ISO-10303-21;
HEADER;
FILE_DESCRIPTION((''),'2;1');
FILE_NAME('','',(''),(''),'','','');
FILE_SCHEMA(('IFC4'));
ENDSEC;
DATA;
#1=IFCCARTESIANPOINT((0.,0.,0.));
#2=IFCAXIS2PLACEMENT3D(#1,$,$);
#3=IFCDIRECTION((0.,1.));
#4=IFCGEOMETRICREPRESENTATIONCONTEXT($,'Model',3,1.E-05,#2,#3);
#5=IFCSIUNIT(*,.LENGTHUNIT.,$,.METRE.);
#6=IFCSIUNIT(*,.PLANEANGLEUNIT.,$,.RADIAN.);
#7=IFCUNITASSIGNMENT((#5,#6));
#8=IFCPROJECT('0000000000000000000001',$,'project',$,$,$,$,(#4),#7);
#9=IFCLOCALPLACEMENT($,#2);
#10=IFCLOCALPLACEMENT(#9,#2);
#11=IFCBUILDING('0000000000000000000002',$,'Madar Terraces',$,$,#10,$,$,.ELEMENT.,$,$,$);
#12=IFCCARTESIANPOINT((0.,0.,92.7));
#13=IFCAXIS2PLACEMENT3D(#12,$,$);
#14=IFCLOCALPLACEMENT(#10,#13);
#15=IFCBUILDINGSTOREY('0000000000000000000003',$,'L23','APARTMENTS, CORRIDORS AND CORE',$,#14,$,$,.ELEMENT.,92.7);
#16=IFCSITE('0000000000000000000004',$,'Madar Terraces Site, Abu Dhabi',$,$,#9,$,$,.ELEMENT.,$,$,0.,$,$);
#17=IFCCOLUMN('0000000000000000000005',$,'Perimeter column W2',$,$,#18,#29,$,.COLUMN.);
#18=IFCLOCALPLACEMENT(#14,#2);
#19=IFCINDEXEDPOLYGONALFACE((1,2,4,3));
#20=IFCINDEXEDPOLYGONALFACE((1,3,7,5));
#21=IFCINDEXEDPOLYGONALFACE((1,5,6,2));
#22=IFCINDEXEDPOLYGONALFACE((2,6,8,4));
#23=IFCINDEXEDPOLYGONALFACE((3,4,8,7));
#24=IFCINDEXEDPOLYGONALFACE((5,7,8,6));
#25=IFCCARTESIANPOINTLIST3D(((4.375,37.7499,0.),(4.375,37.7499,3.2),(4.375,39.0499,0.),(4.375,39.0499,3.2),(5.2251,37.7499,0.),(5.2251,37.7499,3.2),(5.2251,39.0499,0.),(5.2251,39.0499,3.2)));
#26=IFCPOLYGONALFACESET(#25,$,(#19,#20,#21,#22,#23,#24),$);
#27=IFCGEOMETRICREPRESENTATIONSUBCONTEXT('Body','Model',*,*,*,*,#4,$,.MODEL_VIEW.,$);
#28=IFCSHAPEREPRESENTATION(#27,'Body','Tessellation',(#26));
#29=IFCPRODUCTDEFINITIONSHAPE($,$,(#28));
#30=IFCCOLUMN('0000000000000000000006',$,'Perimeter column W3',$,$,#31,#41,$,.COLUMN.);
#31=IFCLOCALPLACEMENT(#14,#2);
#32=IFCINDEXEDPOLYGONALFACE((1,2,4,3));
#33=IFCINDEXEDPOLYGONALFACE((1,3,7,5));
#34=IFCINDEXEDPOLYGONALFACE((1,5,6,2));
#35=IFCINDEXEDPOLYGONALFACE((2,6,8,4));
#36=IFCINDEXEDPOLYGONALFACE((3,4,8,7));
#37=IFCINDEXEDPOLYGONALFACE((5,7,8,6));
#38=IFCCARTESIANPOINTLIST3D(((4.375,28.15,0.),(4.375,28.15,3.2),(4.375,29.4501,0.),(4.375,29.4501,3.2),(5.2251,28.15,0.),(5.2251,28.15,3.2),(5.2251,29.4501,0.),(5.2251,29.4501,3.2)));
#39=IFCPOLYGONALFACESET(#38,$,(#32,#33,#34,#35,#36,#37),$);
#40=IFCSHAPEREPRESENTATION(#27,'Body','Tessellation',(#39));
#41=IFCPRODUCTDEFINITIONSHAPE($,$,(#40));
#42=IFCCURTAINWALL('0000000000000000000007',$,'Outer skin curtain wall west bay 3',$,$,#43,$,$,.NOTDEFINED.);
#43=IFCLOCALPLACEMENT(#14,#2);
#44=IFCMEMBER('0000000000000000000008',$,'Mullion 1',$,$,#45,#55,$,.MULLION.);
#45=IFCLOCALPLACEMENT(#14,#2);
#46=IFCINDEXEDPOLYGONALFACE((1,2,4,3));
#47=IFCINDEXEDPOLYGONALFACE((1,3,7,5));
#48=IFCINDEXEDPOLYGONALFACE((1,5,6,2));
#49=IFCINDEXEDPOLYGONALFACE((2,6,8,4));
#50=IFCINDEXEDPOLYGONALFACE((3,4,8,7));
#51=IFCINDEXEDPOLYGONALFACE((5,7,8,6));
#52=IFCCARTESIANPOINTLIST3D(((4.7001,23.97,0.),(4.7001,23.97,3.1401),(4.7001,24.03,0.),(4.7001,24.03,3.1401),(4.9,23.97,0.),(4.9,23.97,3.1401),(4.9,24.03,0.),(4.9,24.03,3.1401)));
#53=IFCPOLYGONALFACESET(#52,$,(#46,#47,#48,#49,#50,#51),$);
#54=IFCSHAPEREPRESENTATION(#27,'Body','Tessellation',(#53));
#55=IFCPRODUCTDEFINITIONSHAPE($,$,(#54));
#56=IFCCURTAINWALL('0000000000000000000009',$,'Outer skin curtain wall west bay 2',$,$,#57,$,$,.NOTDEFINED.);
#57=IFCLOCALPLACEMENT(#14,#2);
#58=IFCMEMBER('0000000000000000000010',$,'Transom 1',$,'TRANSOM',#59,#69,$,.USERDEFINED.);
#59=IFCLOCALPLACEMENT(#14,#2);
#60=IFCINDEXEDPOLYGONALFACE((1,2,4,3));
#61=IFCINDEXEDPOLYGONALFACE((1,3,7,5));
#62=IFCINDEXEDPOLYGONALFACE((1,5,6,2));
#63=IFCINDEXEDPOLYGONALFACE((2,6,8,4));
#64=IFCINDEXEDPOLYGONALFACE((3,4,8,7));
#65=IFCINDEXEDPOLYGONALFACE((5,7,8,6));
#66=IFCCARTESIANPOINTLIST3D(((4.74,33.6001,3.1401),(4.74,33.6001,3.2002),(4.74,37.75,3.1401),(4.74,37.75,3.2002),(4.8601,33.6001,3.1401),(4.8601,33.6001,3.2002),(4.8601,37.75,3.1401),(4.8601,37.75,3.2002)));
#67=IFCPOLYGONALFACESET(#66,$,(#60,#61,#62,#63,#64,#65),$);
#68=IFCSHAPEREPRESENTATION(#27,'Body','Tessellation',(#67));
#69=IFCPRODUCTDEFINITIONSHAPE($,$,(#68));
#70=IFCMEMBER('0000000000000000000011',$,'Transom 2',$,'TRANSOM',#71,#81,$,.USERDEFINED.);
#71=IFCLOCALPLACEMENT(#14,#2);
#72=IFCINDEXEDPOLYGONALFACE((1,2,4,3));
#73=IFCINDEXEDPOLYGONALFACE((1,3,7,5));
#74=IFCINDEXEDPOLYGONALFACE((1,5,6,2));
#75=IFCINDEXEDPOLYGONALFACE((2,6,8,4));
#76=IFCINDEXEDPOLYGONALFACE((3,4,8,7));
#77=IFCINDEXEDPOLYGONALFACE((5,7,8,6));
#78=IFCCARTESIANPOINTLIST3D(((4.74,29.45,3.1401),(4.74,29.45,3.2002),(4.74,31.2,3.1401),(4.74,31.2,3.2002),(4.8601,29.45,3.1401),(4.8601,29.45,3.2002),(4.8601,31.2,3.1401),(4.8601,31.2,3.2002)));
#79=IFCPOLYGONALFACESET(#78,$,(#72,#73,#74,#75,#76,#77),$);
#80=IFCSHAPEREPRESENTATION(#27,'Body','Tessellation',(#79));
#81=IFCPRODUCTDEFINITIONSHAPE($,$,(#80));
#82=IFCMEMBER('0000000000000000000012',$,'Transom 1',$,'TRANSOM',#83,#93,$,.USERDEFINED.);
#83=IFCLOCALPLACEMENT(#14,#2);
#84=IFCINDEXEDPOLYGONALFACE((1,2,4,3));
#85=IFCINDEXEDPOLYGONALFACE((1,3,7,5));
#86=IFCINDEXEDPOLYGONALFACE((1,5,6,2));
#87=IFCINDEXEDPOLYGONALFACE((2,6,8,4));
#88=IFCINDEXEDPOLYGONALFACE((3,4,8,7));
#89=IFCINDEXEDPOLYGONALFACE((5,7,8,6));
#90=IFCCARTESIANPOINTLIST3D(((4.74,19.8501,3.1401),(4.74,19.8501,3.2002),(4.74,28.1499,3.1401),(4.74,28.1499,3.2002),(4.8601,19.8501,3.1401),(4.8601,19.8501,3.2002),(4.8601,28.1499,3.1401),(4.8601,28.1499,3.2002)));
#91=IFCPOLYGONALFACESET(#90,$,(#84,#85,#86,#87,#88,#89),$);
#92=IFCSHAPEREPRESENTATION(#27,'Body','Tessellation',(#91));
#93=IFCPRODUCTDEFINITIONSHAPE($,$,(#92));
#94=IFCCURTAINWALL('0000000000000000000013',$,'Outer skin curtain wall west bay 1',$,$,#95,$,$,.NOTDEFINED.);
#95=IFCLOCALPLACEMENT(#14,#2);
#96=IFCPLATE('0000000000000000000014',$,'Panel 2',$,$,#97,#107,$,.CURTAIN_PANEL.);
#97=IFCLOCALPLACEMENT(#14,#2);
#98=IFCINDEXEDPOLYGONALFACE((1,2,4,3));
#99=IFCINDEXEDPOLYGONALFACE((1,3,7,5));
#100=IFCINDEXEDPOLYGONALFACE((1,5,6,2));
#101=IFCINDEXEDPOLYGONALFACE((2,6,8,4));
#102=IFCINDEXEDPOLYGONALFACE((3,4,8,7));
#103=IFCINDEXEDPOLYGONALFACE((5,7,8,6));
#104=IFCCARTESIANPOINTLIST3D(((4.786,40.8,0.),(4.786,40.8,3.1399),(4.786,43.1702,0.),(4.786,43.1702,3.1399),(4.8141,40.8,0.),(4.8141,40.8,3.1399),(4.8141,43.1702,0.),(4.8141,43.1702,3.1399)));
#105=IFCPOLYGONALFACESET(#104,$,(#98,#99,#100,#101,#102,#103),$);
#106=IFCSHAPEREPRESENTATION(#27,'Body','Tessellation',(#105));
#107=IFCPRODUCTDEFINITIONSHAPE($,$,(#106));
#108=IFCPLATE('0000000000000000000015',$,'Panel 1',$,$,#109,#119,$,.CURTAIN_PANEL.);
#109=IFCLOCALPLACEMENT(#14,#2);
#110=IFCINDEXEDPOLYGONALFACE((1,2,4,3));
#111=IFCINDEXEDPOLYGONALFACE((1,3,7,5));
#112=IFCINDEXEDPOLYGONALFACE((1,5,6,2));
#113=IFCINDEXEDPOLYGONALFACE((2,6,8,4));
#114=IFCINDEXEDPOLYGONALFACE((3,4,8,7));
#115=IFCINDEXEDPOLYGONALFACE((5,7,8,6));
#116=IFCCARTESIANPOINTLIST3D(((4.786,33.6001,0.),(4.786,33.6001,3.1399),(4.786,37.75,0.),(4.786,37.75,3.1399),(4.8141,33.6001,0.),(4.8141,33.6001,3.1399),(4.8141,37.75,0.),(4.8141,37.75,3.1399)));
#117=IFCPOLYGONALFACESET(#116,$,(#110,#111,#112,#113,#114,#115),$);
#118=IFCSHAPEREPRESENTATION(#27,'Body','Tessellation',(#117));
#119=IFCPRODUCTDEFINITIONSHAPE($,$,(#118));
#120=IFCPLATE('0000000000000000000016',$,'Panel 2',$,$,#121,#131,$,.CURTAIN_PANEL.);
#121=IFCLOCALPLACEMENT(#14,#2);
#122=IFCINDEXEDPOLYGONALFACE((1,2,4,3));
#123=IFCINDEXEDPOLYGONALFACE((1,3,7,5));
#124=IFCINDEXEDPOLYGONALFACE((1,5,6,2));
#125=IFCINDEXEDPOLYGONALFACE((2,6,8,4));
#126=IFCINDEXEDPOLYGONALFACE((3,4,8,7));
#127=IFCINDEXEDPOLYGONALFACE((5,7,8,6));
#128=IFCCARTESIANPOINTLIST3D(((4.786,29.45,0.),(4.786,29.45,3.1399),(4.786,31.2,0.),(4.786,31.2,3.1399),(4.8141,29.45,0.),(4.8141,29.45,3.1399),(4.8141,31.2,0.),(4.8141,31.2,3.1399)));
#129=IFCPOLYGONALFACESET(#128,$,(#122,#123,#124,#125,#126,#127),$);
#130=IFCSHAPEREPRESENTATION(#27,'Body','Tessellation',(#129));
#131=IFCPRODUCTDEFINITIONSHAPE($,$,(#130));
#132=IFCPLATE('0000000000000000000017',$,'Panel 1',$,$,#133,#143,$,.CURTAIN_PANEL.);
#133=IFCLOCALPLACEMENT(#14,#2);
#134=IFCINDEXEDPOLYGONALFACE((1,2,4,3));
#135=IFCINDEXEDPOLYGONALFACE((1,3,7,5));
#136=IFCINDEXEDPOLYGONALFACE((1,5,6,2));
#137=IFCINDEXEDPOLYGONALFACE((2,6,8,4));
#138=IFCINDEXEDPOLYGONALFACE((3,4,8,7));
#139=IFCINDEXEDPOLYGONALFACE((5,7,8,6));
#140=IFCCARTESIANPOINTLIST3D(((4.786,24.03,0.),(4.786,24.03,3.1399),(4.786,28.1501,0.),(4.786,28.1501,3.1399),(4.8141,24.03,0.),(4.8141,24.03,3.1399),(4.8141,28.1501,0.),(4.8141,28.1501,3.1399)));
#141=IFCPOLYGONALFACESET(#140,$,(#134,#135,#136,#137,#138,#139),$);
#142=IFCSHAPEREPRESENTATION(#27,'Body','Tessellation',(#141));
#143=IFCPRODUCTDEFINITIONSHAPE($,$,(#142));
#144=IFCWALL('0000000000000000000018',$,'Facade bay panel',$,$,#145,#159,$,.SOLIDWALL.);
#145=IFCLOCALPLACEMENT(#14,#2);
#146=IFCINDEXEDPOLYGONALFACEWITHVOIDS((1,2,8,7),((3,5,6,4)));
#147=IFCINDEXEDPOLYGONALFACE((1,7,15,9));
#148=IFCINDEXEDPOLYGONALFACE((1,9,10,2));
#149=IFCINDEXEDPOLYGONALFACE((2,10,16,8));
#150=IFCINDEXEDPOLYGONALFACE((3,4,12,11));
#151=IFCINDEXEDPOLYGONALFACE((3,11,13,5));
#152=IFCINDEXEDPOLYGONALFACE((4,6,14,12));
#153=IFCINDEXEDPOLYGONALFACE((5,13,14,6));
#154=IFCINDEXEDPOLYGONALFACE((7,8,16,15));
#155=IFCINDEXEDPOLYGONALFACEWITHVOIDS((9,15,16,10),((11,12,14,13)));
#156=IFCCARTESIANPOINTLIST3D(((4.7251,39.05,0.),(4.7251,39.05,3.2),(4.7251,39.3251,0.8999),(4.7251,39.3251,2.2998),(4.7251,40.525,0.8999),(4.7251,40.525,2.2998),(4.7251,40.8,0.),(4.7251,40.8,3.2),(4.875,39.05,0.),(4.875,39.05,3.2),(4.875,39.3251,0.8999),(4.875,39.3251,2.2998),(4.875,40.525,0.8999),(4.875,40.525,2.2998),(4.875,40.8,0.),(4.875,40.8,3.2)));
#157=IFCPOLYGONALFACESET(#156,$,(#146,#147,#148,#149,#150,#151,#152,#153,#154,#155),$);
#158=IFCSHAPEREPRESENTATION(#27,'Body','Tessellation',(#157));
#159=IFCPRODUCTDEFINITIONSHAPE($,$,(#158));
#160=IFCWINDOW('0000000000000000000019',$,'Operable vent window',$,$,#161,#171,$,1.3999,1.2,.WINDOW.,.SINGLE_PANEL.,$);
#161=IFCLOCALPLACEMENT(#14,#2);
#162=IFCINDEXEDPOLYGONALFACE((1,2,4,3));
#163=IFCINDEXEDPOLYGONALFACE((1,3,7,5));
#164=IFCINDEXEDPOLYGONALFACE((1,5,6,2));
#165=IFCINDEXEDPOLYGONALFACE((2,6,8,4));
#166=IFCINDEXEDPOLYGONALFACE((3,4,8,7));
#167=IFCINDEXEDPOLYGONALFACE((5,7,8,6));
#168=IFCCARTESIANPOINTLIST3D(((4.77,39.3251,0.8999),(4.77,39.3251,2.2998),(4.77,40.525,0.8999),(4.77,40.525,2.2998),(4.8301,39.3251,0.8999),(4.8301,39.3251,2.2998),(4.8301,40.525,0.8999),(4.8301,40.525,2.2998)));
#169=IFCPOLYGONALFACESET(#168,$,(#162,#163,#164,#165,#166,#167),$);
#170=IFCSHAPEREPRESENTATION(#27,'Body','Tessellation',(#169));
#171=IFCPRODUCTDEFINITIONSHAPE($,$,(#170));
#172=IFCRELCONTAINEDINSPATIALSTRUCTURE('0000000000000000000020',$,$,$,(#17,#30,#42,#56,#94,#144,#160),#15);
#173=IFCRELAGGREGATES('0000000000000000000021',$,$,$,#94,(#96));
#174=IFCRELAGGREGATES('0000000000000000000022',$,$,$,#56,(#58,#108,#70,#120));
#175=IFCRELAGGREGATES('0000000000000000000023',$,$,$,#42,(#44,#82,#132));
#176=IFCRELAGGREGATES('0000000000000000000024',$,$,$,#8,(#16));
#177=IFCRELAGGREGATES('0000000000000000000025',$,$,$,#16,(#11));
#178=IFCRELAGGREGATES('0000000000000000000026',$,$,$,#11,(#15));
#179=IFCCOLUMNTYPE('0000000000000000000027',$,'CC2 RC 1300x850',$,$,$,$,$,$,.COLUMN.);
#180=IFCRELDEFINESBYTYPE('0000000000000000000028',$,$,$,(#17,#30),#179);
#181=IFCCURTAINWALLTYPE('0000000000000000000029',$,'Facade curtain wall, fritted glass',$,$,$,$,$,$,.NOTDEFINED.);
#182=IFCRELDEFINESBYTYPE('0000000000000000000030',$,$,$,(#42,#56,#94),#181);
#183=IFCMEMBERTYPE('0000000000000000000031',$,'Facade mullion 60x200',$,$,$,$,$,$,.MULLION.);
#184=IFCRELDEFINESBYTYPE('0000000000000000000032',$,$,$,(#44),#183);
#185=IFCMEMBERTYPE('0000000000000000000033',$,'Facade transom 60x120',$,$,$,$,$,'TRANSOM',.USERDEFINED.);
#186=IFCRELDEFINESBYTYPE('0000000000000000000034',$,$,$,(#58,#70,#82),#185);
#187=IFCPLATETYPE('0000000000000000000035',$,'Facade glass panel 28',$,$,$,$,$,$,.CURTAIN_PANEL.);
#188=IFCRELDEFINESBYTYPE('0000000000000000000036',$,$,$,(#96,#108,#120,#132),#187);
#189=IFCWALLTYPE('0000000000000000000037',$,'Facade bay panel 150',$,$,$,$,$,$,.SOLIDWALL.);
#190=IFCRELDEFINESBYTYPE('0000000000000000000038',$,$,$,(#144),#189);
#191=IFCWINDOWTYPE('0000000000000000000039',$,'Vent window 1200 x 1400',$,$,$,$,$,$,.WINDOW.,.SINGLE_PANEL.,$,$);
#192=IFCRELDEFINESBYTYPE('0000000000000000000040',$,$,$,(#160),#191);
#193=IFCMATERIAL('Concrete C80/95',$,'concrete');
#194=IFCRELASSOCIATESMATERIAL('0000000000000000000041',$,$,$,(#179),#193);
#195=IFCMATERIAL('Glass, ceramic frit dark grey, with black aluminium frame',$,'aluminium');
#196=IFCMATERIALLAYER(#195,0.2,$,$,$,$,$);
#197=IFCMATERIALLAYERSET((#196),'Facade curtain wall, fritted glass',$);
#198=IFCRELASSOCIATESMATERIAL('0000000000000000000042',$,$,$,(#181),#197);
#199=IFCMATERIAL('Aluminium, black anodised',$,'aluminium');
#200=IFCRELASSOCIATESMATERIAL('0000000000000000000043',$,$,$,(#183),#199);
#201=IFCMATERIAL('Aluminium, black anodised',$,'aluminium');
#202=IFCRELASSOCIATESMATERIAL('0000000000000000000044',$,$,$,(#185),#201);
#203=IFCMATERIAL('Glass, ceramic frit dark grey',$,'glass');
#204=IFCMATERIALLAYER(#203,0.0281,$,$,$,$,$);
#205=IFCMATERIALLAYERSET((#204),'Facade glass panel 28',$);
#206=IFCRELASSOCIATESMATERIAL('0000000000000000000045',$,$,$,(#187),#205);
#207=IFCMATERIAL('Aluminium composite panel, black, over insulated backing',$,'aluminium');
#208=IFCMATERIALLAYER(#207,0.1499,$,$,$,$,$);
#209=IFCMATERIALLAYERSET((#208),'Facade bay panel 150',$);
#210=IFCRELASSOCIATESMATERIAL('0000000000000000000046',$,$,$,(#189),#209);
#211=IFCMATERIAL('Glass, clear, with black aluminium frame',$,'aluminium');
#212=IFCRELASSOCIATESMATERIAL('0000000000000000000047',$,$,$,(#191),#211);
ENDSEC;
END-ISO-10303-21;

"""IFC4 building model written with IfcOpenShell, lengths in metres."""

from ifc_helpers import new_model, si_unit, direction, frame, frame_2d, origin, origin_2d, place, context, subcontext, project, spatial, rectangle, extrude, material, layer, layer_set, material_profile, profile_set, type_object, element, fill, aggregate, save


model = new_model("IFC4")

# Units and contexts
model_context = context("Model", 3, precision=1e-05, world=origin(), true_north=direction((0.0, 1.0)))
body_context = subcontext(model_context, "Body", "Model", "MODEL_VIEW")
ifc_project = project(units=[si_unit("LENGTHUNIT", "METRE"), si_unit("PLANEANGLEUNIT", "RADIAN")], contexts=[model_context])

# Site, building, storey
site_placement = place(None, origin())
site = spatial("IfcSite", under=ifc_project, at=site_placement, Name="Madar Terraces Site, Abu Dhabi", CompositionType="ELEMENT", RefElevation=0.0)
building_placement = place(site_placement, origin())
building = spatial("IfcBuilding", under=site, at=building_placement, Name="Madar Terraces", CompositionType="ELEMENT")
storey_placement = place(building_placement, frame((0.0, 0.0, 92.7)))
storey = spatial("IfcBuildingStorey", under=building, at=storey_placement, Name="L23", Description="APARTMENTS, CORRIDORS AND CORE", CompositionType="ELEMENT", Elevation=92.7)

# Columns
ifc_material_1 = material(Name="Concrete C80/95", Category="concrete")
ifc_material_profile_1 = material_profile(ifc_material_1, rectangle(XDim=1.3, YDim=0.8501, at=origin_2d()), Name="CC2 RC 1300x850")
ifc_profile_set_1 = profile_set([ifc_material_profile_1], Name="Concrete C80/95")
column_type = type_object("IfcColumnType", Name="CC2 RC 1300x850", PredefinedType="COLUMN", material=ifc_profile_set_1)
for number, where, z_axis, x_axis, name in (
    (1, (4.8, 38.3999, 0.0), (0.0, 0.0, 1.0), (0.0, 1.0, 0.0), "Perimeter column W2"),
    (2, (4.8, 28.8, 0.0), (0.0, 0.0, 1.0), (0.0, 1.0, 0.0), "Perimeter column W3"),
):
    element("IfcColumn", number, at=place(storey_placement, frame(where, z_axis=z_axis, x_axis=x_axis)), inside=storey, type_object=column_type, Name=name, PredefinedType="COLUMN", context=body_context, shape_type="SweptSolid", body=[
        extrude(rectangle(XDim=1.3, YDim=0.8501, at=origin_2d()), origin(), (0.0, 0.0, 1.0), 3.2),
    ])

# Curtain wall, member
ifc_material_2 = material(Name="Glass, ceramic frit dark grey, with black aluminium frame", Category="aluminium")
ifc_layer_1 = layer(ifc_material_2, 0.2)
ifc_layer_set_1 = layer_set([ifc_layer_1], Name="Facade curtain wall, fritted glass")
curtain_wall_type = type_object("IfcCurtainWallType", Name="Facade curtain wall, fritted glass", PredefinedType="NOTDEFINED", material=ifc_layer_set_1)
curtain_wall_1_placement = place(storey_placement, origin())
curtain_wall_1 = element("IfcCurtainWall", 3, at=curtain_wall_1_placement, inside=storey, type_object=curtain_wall_type, Name="Outer skin curtain wall west bay 3", PredefinedType="NOTDEFINED")
ifc_material_3 = material(Name="Aluminium, black anodised", Category="aluminium")
ifc_material_profile_2 = material_profile(ifc_material_3, rectangle(XDim=0.2, YDim=0.0601, at=origin_2d()), Name="Facade mullion 60x200")
ifc_profile_set_2 = profile_set([ifc_material_profile_2], Name="Aluminium, black anodised")
member_type_1 = type_object("IfcMemberType", Name="Facade mullion 60x200", PredefinedType="MULLION", material=ifc_profile_set_2)
member_1_placement = place(storey_placement, frame((4.8, 24.0, 0.0), z_axis=(0.0, 0.0, 1.0), x_axis=(1.0, 0.0, 0.0)))
member_1 = element("IfcMember", 4, at=member_1_placement, type_object=member_type_1, Name="Mullion 1", PredefinedType="MULLION", context=body_context, shape_type="SweptSolid", body=[
    extrude(rectangle(XDim=0.2, YDim=0.0601, at=origin_2d()), origin(), (0.0, 0.0, 1.0), 3.1401),
])

# Curtain wall, members
curtain_wall_2_placement = place(storey_placement, origin())
curtain_wall_2 = element("IfcCurtainWall", 5, at=curtain_wall_2_placement, inside=storey, type_object=curtain_wall_type, Name="Outer skin curtain wall west bay 2", PredefinedType="NOTDEFINED")
ifc_material_4 = material(Name="Aluminium, black anodised", Category="aluminium")
ifc_material_profile_3 = material_profile(ifc_material_4, rectangle(XDim=0.1201, YDim=0.0601, at=origin_2d()), Name="Facade transom 60x120")
ifc_profile_set_3 = profile_set([ifc_material_profile_3], Name="Aluminium, black anodised")
member_type_2 = type_object("IfcMemberType", Name="Facade transom 60x120", ElementType="TRANSOM", PredefinedType="USERDEFINED", material=ifc_profile_set_3)
member_2_placement = place(storey_placement, frame((4.8, 37.75, 3.1702), z_axis=(0.0, -1.0, 0.0), x_axis=(1.0, 0.0, 0.0)))
member_2 = element("IfcMember", 6, at=member_2_placement, type_object=member_type_2, Name="Transom 1", ObjectType="TRANSOM", PredefinedType="USERDEFINED", context=body_context, shape_type="SweptSolid", body=[
    extrude(rectangle(XDim=0.1201, YDim=0.0601, at=origin_2d()), origin(), (0.0, 0.0, 1.0), 4.1499),
])
member_3_placement = place(storey_placement, frame((4.8, 31.2, 3.1702), z_axis=(0.0, -1.0, 0.0), x_axis=(1.0, 0.0, 0.0)))
member_3 = element("IfcMember", 7, at=member_3_placement, type_object=member_type_2, Name="Transom 2", ObjectType="TRANSOM", PredefinedType="USERDEFINED", context=body_context, shape_type="SweptSolid", body=[
    extrude(rectangle(XDim=0.1201, YDim=0.0601, at=origin_2d()), origin(), (0.0, 0.0, 1.0), 1.75),
])

# Member
member_4_placement = place(storey_placement, frame((4.8, 28.1499, 3.1702), z_axis=(0.0, -1.0, 0.0), x_axis=(1.0, 0.0, 0.0)))
member_4 = element("IfcMember", 8, at=member_4_placement, type_object=member_type_2, Name="Transom 1", ObjectType="TRANSOM", PredefinedType="USERDEFINED", context=body_context, shape_type="SweptSolid", body=[
    extrude(rectangle(XDim=0.1201, YDim=0.0601, at=origin_2d()), origin(), (0.0, 0.0, 1.0), 8.2998),
])

# Curtain wall, plate
curtain_wall_3_placement = place(storey_placement, origin())
curtain_wall_3 = element("IfcCurtainWall", 9, at=curtain_wall_3_placement, inside=storey, type_object=curtain_wall_type, Name="Outer skin curtain wall west bay 1", PredefinedType="NOTDEFINED")
ifc_material_5 = material(Name="Glass, ceramic frit dark grey", Category="glass")
ifc_layer_2 = layer(ifc_material_5, 0.0281)
ifc_layer_set_2 = layer_set([ifc_layer_2], Name="Facade glass panel 28")
plate_type = type_object("IfcPlateType", Name="Facade glass panel 28", PredefinedType="CURTAIN_PANEL", material=ifc_layer_set_2)
plate_1_placement = place(storey_placement, frame((4.8, 41.9851, 0.0), z_axis=(0.0, 0.0, 1.0), x_axis=(0.0, -1.0, 0.0)))
plate_1 = element("IfcPlate", 10, at=plate_1_placement, type_object=plate_type, Name="Panel 2", PredefinedType="CURTAIN_PANEL", context=body_context, shape_type="SweptSolid", body=[
    extrude(rectangle(XDim=2.3701, YDim=0.0281, at=origin_2d()), origin(), (0.0, 0.0, 1.0), 3.1399),
])
aggregate(curtain_wall_3, [plate_1])

# Plates
plate_2_placement = place(storey_placement, frame((4.8, 35.675, 0.0), z_axis=(0.0, 0.0, 1.0), x_axis=(0.0, -1.0, 0.0)))
plate_2 = element("IfcPlate", 11, at=plate_2_placement, type_object=plate_type, Name="Panel 1", PredefinedType="CURTAIN_PANEL", context=body_context, shape_type="SweptSolid", body=[
    extrude(rectangle(XDim=4.1499, YDim=0.0281, at=origin_2d()), origin(), (0.0, 0.0, 1.0), 3.1399),
])
plate_3_placement = place(storey_placement, frame((4.8, 30.325, 0.0), z_axis=(0.0, 0.0, 1.0), x_axis=(0.0, -1.0, 0.0)))
plate_3 = element("IfcPlate", 12, at=plate_3_placement, type_object=plate_type, Name="Panel 2", PredefinedType="CURTAIN_PANEL", context=body_context, shape_type="SweptSolid", body=[
    extrude(rectangle(XDim=1.75, YDim=0.0281, at=origin_2d()), origin(), (0.0, 0.0, 1.0), 3.1399),
])
aggregate(curtain_wall_2, [member_2, plate_2, member_3, plate_3])
plate_4_placement = place(storey_placement, frame((4.8, 26.0901, 0.0), z_axis=(0.0, 0.0, 1.0), x_axis=(0.0, -1.0, 0.0)))
plate_4 = element("IfcPlate", 13, at=plate_4_placement, type_object=plate_type, Name="Panel 1", PredefinedType="CURTAIN_PANEL", context=body_context, shape_type="SweptSolid", body=[
    extrude(rectangle(XDim=4.1201, YDim=0.0281, at=origin_2d()), origin(), (0.0, 0.0, 1.0), 3.1399),
])
aggregate(curtain_wall_1, [member_1, member_4, plate_4])

# Wall, opening, window
ifc_material_6 = material(Name="Aluminium composite panel, black, over insulated backing", Category="aluminium")
ifc_layer_3 = layer(ifc_material_6, 0.1499)
ifc_layer_set_3 = layer_set([ifc_layer_3], Name="Facade bay panel 150")
wall_type_1 = type_object("IfcWallType", Name="Facade bay panel 150", PredefinedType="SOLIDWALL", material=ifc_layer_set_3)
wall_1_placement = place(storey_placement, frame((4.8, 40.8, 0.0), z_axis=(0.0, 0.0, 1.0), x_axis=(0.0, -1.0, 0.0)))
wall_1 = element("IfcWall", 14, at=wall_1_placement, inside=storey, type_object=wall_type_1, Name="Facade bay panel", PredefinedType="SOLIDWALL", context=body_context, shape_type="SweptSolid", body=[
    extrude(rectangle(XDim=1.75, YDim=0.1499, at=frame_2d((0.875, 0.0))), origin(), (0.0, 0.0, 1.0), 3.2),
])
opening_1_placement = place(wall_1_placement, frame((0.2749, 0.0, 0.8999)))
opening_1 = element("IfcOpeningElement", 15, at=opening_1_placement, cuts=wall_1, PredefinedType="OPENING", context=body_context, shape_type="SweptSolid", body=[
    extrude(rectangle(XDim=1.2, YDim=1.3999, at=frame_2d((0.6001, 0.7))), frame((0.0, 0.085, 0.0), z_axis=(0.0, -1.0, 0.0), x_axis=(1.0, 0.0, 0.0)), (0.0, 0.0, 1.0), 0.1699),
])
ifc_material_7 = material(Name="Glass, clear, with black aluminium frame", Category="aluminium")
window_type = type_object("IfcWindowType", Name="Vent window 1200 x 1400", PartitioningType="SINGLE_PANEL", PredefinedType="WINDOW", material=ifc_material_7)
window_placement = place(opening_1_placement, origin())
window = element("IfcWindow", 16, at=window_placement, inside=storey, type_object=window_type, Name="Operable vent window", OverallHeight=1.3999, OverallWidth=1.2, PartitioningType="SINGLE_PANEL", PredefinedType="WINDOW", context=body_context, shape_type="SweptSolid", body=[
    extrude(rectangle(XDim=1.2, YDim=1.3999, at=frame_2d((0.6001, 0.7))), frame((0.0, 0.03, 0.0), z_axis=(0.0, -1.0, 0.0), x_axis=(1.0, 0.0, 0.0)), (0.0, 0.0, 1.0), 0.0601),
])
fill(opening_1, window)

save(model, "model.ifc")
